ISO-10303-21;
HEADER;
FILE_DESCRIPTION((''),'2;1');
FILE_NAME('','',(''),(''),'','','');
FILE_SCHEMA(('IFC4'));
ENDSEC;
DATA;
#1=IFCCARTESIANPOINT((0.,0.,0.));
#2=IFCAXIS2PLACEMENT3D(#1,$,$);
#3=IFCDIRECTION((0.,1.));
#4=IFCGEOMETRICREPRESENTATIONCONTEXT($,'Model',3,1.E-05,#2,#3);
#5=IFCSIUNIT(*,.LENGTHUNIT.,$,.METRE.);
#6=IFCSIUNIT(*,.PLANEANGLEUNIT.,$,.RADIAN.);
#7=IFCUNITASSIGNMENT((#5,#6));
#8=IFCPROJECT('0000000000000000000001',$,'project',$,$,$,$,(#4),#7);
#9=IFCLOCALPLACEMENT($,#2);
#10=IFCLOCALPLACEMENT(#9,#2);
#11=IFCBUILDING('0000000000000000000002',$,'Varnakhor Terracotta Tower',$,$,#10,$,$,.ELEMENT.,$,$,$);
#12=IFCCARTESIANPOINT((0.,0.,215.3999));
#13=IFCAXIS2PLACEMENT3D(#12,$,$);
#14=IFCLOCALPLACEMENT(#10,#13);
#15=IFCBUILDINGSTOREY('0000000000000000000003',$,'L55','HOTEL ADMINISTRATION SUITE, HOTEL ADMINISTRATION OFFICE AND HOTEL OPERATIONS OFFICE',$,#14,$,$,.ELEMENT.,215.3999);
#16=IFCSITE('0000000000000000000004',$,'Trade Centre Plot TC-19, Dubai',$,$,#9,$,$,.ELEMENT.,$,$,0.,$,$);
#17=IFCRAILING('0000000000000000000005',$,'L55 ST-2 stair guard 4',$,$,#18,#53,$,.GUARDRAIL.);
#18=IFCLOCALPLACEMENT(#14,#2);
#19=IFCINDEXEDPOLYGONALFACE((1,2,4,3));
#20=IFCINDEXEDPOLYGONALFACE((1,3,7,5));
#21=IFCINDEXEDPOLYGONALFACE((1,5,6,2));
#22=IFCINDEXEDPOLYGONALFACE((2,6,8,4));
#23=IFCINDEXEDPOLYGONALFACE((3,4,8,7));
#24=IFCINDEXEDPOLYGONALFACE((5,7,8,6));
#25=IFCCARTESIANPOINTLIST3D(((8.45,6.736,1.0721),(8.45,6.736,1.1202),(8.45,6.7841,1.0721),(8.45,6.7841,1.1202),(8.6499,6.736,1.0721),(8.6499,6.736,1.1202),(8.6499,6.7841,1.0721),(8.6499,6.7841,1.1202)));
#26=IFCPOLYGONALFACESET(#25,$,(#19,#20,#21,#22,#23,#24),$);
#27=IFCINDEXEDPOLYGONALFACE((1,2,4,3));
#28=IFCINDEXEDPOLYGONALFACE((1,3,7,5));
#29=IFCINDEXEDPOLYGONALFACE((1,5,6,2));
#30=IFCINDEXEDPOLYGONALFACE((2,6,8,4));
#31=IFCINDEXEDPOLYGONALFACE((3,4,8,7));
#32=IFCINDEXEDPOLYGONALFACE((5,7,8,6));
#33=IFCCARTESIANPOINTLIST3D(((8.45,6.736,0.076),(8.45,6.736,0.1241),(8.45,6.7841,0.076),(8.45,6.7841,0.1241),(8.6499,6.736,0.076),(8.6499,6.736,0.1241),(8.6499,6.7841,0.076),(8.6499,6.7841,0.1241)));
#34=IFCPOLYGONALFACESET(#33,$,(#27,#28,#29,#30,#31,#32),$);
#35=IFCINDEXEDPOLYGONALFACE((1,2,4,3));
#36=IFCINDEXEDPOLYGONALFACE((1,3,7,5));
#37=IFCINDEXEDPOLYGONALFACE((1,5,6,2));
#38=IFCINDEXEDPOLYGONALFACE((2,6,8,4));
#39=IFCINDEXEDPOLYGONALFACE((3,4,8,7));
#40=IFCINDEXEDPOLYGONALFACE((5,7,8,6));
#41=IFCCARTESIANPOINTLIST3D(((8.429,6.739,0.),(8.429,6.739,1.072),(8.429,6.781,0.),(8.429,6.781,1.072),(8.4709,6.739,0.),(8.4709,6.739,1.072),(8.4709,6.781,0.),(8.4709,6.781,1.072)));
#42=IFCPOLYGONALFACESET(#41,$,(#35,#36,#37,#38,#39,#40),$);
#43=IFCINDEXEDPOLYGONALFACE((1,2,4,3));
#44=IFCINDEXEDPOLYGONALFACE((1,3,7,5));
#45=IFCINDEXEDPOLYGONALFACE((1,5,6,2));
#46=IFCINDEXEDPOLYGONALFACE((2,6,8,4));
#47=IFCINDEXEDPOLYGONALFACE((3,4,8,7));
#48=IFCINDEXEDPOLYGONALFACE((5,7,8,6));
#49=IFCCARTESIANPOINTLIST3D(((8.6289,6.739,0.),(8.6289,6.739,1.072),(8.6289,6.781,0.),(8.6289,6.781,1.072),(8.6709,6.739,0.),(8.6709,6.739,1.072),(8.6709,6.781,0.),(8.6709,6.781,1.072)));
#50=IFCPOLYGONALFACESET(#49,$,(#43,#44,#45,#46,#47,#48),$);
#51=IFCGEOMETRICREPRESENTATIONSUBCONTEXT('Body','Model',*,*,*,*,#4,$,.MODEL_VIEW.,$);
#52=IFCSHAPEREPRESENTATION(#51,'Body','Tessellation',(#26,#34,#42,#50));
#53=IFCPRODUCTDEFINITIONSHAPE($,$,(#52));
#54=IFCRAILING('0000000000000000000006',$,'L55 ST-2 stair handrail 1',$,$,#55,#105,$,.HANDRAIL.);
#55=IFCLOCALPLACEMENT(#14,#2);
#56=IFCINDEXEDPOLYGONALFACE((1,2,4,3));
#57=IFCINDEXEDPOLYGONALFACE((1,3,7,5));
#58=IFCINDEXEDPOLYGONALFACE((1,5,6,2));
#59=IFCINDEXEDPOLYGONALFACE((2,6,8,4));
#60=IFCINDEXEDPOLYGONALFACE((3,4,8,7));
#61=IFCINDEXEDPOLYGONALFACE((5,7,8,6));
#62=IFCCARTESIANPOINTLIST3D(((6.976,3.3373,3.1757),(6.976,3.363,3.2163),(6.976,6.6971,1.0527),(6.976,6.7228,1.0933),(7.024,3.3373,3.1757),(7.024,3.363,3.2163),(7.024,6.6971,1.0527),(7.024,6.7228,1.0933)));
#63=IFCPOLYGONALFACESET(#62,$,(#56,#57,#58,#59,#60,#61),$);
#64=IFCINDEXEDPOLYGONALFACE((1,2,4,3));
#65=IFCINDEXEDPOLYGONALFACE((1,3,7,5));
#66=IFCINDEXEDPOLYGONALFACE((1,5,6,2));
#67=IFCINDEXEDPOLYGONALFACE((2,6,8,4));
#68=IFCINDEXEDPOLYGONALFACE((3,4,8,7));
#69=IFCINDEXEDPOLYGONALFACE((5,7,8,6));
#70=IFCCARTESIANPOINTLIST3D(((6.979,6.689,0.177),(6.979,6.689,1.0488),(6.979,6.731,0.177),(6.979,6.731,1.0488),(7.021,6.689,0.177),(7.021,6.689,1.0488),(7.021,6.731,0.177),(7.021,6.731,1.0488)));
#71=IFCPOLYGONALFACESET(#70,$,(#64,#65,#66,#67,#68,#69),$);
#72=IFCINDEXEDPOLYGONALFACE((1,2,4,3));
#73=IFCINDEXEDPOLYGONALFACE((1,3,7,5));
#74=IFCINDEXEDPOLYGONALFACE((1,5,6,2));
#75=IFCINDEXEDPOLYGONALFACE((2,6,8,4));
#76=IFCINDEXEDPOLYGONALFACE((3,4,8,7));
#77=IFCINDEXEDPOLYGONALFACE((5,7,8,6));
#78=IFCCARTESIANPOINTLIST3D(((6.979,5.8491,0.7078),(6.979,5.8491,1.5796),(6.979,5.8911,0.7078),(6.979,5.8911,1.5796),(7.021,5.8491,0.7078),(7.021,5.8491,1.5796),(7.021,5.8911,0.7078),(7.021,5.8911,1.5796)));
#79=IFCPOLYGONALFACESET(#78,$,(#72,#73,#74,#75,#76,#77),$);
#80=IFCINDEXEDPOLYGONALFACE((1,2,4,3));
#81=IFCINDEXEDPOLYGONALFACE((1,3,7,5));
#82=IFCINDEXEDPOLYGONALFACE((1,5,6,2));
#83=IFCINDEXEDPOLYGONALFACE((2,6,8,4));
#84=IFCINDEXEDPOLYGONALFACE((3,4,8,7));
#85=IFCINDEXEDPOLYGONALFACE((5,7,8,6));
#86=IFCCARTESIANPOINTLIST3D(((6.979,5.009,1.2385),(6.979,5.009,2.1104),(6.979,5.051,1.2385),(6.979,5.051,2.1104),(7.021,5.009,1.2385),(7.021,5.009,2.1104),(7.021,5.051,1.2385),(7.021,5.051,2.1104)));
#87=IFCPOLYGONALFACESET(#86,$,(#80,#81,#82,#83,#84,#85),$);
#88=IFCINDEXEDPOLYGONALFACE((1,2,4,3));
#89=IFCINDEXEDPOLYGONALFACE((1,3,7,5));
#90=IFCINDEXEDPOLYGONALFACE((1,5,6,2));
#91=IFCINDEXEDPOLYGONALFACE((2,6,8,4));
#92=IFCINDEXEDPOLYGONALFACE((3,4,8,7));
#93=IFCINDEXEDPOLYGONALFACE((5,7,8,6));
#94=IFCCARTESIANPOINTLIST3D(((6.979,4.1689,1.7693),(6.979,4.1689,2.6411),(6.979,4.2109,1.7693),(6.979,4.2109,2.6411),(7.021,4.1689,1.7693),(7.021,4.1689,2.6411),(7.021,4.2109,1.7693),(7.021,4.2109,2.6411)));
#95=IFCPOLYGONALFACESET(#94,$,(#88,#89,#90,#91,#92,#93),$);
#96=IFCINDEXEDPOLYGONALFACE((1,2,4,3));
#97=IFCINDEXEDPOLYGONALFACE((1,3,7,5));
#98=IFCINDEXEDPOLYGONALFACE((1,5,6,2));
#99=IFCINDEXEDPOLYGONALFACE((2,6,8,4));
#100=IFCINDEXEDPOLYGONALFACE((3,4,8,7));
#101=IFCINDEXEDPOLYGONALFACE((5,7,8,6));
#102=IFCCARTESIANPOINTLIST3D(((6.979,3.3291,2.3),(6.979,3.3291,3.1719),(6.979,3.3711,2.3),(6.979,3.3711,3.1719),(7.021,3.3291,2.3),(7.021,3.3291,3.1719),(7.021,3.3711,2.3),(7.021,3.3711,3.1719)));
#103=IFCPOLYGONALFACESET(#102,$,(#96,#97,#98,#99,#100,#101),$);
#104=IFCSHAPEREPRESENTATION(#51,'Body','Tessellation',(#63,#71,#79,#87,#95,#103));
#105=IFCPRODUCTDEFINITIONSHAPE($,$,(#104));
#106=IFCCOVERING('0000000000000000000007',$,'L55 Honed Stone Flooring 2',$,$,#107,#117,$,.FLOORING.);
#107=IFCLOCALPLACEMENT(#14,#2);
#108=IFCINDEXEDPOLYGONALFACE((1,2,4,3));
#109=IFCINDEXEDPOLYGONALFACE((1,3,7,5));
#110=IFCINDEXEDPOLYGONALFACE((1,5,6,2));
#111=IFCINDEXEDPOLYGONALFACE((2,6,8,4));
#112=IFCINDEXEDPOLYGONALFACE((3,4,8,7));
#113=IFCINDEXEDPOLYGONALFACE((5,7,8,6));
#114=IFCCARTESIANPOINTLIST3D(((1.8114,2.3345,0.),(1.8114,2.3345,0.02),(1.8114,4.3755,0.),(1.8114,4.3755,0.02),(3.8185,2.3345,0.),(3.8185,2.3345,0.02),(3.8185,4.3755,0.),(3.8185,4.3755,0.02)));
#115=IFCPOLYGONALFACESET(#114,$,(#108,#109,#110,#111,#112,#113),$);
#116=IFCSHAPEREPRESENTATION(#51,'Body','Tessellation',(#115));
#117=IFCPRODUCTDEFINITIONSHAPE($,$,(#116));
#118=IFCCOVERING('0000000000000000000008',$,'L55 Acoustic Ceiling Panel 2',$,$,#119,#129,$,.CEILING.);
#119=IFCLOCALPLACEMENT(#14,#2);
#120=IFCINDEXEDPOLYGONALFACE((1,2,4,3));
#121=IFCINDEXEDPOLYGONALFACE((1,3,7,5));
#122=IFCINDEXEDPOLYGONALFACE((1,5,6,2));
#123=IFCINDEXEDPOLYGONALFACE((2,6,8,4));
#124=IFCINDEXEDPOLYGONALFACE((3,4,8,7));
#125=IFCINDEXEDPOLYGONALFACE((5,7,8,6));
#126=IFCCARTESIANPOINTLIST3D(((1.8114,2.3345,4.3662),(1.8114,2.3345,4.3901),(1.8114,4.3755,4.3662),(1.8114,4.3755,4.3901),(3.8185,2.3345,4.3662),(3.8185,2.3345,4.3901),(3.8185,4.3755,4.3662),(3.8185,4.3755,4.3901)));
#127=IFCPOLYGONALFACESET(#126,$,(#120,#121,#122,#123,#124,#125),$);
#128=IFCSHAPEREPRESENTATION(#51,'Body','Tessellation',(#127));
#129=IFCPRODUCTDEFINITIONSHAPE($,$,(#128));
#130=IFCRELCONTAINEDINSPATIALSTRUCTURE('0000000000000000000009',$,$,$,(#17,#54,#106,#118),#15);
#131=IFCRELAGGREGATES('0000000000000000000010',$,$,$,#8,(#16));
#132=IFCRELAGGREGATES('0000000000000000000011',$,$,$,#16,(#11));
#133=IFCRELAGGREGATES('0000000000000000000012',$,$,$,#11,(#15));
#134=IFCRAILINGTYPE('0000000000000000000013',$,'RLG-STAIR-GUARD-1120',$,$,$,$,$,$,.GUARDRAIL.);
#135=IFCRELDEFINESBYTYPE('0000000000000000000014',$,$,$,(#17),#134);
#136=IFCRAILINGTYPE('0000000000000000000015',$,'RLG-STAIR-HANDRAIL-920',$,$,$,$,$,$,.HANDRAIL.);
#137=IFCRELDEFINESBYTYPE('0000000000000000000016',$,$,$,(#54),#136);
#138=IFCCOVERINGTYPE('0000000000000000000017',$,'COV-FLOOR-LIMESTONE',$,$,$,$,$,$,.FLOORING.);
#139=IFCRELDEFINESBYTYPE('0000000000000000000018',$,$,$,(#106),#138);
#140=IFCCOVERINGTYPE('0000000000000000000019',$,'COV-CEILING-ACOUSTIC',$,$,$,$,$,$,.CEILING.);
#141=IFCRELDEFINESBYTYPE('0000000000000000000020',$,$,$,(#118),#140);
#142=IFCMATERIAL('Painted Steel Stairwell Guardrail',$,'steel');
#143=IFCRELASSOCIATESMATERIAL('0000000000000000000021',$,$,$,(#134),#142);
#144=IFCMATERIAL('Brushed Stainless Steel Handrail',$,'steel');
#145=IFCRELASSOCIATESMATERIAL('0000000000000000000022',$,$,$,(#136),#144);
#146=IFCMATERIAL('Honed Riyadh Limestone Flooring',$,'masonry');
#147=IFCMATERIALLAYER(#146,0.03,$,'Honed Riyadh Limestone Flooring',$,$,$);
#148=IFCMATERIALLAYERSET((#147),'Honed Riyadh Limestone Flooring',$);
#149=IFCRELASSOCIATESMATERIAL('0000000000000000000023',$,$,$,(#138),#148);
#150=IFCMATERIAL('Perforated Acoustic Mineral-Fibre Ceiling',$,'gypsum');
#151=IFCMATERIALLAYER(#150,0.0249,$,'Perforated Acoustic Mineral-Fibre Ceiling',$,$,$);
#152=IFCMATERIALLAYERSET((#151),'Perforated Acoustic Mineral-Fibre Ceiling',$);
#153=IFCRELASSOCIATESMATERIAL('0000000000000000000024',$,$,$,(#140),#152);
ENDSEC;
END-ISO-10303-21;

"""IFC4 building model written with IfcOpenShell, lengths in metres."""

from ifc_helpers import new_model, si_unit, direction, frame, origin, origin_2d, place, context, subcontext, project, spatial, rectangle, extrude, source, transform, mapped, material, layer, layer_set, type_object, element, save


model = new_model("IFC4")

# Units and contexts
model_context = context("Model", 3, precision=1e-05, world=origin(), true_north=direction((0.0, 1.0)))
body_context = subcontext(model_context, "Body", "Model", "MODEL_VIEW")
ifc_project = project(units=[si_unit("LENGTHUNIT", "METRE"), si_unit("PLANEANGLEUNIT", "RADIAN")], contexts=[model_context])

# Site, building, storey
site_placement = place(None, origin())
site = spatial("IfcSite", under=ifc_project, at=site_placement, Name="Trade Centre Plot TC-19, Dubai", CompositionType="ELEMENT", RefElevation=0.0)
building_placement = place(site_placement, origin())
building = spatial("IfcBuilding", under=site, at=building_placement, Name="Varnakhor Terracotta Tower", CompositionType="ELEMENT")
storey_placement = place(building_placement, frame((0.0, 0.0, 215.3999)))
storey = spatial("IfcBuildingStorey", under=building, at=storey_placement, Name="L55", Description="HOTEL ADMINISTRATION SUITE, HOTEL ADMINISTRATION OFFICE AND HOTEL OPERATIONS OFFICE", CompositionType="ELEMENT", Elevation=215.3999)

# Railings
ifc_material_1 = material(Name="Painted Steel Stairwell Guardrail", Category="steel")
railing_type_1 = type_object("IfcRailingType", Name="RLG-STAIR-GUARD-1120", PredefinedType="GUARDRAIL", material=ifc_material_1)
railing_1_placement = place(storey_placement, frame((8.45, 6.76, 0.0)))
element("IfcRailing", 1, at=railing_1_placement, inside=storey, type_object=railing_type_1, Name="L55 ST-2 stair guard 4", PredefinedType="GUARDRAIL", context=body_context, shape_type="SweptSolid", body=[
    extrude(rectangle(XDim=0.0481, YDim=0.0481, at=origin_2d()), frame((0.0, 0.0, 1.0962), z_axis=(1.0, 0.0, 0.0), x_axis=(0.0, 1.0, 0.0)), (0.0, 0.0, 1.0), 0.2),
    extrude(rectangle(XDim=0.0481, YDim=0.0481, at=origin_2d()), frame((0.0, 0.0, 0.1001), z_axis=(1.0, 0.0, 0.0), x_axis=(0.0, 1.0, 0.0)), (0.0, 0.0, 1.0), 0.2),
    extrude(rectangle(XDim=0.042, YDim=0.042, at=origin_2d()), origin(), (0.0, 0.0, 1.0), 1.072),
    extrude(rectangle(XDim=0.042, YDim=0.042, at=origin_2d()), frame((0.2, 0.0, 0.0)), (0.0, 0.0, 1.0), 1.072),
])
ifc_material_2 = material(Name="Brushed Stainless Steel Handrail", Category="steel")
railing_type_2 = type_object("IfcRailingType", Name="RLG-STAIR-HANDRAIL-920", PredefinedType="HANDRAIL", material=ifc_material_2)
railing_2_placement = place(storey_placement, frame((7.0, 6.71, 0.177)))
element("IfcRailing", 2, at=railing_2_placement, inside=storey, type_object=railing_type_2, Name="L55 ST-2 stair handrail 1", PredefinedType="HANDRAIL", context=body_context, shape_type="SweptSolid", body=[
    extrude(rectangle(XDim=0.0481, YDim=0.0481, at=origin_2d()), frame((0.0, 0.0, 0.896), z_axis=(0.0, -0.845372, 0.534178), x_axis=(1.0, 0.0, 0.0)), (0.0, 0.0, 1.0), 3.9744),
    extrude(rectangle(XDim=0.042, YDim=0.042, at=origin_2d()), origin(), (0.0, 0.0, 1.0), 0.8718),
    extrude(rectangle(XDim=0.042, YDim=0.042, at=origin_2d()), frame((0.0, -0.8398, 0.5308)), (0.0, 0.0, 1.0), 0.8718),
    extrude(rectangle(XDim=0.042, YDim=0.042, at=origin_2d()), frame((0.0, -1.6799, 1.0615)), (0.0, 0.0, 1.0), 0.8718),
    extrude(rectangle(XDim=0.042, YDim=0.042, at=origin_2d()), frame((0.0, -2.52, 1.5923)), (0.0, 0.0, 1.0), 0.8718),
    extrude(rectangle(XDim=0.042, YDim=0.042, at=origin_2d()), frame((0.0, -3.3599, 2.123)), (0.0, 0.0, 1.0), 0.8718),
])

# Coverings
ifc_material_3 = material(Name="Honed Riyadh Limestone Flooring", Category="masonry")
ifc_layer_1 = layer(ifc_material_3, 0.03, Name="Honed Riyadh Limestone Flooring")
ifc_layer_set_1 = layer_set([ifc_layer_1], Name="Honed Riyadh Limestone Flooring")
covering_type_1 = type_object("IfcCoveringType", Name="COV-FLOOR-LIMESTONE", PredefinedType="FLOORING", material=ifc_layer_set_1)
shared_shape_1 = source(origin(), body_context, "Body", "SweptSolid", [
    extrude(rectangle(XDim=2.0071, YDim=2.041, at=origin_2d()), origin(), (0.0, 0.0, 1.0), 0.02),
])
covering_1_placement = place(storey_placement, frame((2.8149, 3.355, 0.0), z_axis=(0.0, 0.0, 1.0), x_axis=(1.0, 0.0, 0.0)))
element("IfcCovering", 3, at=covering_1_placement, inside=storey, type_object=covering_type_1, Name="L55 Honed Stone Flooring 2", PredefinedType="FLOORING", context=body_context, shape_type="MappedRepresentation", body=[
    mapped(shared_shape_1, transform((0.0, 0.0, 0.0), scale=1.0)),
])
ifc_material_4 = material(Name="Perforated Acoustic Mineral-Fibre Ceiling", Category="gypsum")
ifc_layer_2 = layer(ifc_material_4, 0.0249, Name="Perforated Acoustic Mineral-Fibre Ceiling")
ifc_layer_set_2 = layer_set([ifc_layer_2], Name="Perforated Acoustic Mineral-Fibre Ceiling")
covering_type_2 = type_object("IfcCoveringType", Name="COV-CEILING-ACOUSTIC", PredefinedType="CEILING", material=ifc_layer_set_2)
shared_shape_2 = source(origin(), body_context, "Body", "SweptSolid", [
    extrude(rectangle(XDim=2.0071, YDim=2.041, at=origin_2d()), origin(), (0.0, 0.0, 1.0), 0.0239),
])
covering_2_placement = place(storey_placement, frame((2.8149, 3.355, 4.3662), z_axis=(0.0, 0.0, 1.0), x_axis=(1.0, 0.0, 0.0)))
element("IfcCovering", 4, at=covering_2_placement, inside=storey, type_object=covering_type_2, Name="L55 Acoustic Ceiling Panel 2", PredefinedType="CEILING", context=body_context, shape_type="MappedRepresentation", body=[
    mapped(shared_shape_2, transform((0.0, 0.0, 0.0), scale=1.0)),
])

save(model, "model.ifc")
